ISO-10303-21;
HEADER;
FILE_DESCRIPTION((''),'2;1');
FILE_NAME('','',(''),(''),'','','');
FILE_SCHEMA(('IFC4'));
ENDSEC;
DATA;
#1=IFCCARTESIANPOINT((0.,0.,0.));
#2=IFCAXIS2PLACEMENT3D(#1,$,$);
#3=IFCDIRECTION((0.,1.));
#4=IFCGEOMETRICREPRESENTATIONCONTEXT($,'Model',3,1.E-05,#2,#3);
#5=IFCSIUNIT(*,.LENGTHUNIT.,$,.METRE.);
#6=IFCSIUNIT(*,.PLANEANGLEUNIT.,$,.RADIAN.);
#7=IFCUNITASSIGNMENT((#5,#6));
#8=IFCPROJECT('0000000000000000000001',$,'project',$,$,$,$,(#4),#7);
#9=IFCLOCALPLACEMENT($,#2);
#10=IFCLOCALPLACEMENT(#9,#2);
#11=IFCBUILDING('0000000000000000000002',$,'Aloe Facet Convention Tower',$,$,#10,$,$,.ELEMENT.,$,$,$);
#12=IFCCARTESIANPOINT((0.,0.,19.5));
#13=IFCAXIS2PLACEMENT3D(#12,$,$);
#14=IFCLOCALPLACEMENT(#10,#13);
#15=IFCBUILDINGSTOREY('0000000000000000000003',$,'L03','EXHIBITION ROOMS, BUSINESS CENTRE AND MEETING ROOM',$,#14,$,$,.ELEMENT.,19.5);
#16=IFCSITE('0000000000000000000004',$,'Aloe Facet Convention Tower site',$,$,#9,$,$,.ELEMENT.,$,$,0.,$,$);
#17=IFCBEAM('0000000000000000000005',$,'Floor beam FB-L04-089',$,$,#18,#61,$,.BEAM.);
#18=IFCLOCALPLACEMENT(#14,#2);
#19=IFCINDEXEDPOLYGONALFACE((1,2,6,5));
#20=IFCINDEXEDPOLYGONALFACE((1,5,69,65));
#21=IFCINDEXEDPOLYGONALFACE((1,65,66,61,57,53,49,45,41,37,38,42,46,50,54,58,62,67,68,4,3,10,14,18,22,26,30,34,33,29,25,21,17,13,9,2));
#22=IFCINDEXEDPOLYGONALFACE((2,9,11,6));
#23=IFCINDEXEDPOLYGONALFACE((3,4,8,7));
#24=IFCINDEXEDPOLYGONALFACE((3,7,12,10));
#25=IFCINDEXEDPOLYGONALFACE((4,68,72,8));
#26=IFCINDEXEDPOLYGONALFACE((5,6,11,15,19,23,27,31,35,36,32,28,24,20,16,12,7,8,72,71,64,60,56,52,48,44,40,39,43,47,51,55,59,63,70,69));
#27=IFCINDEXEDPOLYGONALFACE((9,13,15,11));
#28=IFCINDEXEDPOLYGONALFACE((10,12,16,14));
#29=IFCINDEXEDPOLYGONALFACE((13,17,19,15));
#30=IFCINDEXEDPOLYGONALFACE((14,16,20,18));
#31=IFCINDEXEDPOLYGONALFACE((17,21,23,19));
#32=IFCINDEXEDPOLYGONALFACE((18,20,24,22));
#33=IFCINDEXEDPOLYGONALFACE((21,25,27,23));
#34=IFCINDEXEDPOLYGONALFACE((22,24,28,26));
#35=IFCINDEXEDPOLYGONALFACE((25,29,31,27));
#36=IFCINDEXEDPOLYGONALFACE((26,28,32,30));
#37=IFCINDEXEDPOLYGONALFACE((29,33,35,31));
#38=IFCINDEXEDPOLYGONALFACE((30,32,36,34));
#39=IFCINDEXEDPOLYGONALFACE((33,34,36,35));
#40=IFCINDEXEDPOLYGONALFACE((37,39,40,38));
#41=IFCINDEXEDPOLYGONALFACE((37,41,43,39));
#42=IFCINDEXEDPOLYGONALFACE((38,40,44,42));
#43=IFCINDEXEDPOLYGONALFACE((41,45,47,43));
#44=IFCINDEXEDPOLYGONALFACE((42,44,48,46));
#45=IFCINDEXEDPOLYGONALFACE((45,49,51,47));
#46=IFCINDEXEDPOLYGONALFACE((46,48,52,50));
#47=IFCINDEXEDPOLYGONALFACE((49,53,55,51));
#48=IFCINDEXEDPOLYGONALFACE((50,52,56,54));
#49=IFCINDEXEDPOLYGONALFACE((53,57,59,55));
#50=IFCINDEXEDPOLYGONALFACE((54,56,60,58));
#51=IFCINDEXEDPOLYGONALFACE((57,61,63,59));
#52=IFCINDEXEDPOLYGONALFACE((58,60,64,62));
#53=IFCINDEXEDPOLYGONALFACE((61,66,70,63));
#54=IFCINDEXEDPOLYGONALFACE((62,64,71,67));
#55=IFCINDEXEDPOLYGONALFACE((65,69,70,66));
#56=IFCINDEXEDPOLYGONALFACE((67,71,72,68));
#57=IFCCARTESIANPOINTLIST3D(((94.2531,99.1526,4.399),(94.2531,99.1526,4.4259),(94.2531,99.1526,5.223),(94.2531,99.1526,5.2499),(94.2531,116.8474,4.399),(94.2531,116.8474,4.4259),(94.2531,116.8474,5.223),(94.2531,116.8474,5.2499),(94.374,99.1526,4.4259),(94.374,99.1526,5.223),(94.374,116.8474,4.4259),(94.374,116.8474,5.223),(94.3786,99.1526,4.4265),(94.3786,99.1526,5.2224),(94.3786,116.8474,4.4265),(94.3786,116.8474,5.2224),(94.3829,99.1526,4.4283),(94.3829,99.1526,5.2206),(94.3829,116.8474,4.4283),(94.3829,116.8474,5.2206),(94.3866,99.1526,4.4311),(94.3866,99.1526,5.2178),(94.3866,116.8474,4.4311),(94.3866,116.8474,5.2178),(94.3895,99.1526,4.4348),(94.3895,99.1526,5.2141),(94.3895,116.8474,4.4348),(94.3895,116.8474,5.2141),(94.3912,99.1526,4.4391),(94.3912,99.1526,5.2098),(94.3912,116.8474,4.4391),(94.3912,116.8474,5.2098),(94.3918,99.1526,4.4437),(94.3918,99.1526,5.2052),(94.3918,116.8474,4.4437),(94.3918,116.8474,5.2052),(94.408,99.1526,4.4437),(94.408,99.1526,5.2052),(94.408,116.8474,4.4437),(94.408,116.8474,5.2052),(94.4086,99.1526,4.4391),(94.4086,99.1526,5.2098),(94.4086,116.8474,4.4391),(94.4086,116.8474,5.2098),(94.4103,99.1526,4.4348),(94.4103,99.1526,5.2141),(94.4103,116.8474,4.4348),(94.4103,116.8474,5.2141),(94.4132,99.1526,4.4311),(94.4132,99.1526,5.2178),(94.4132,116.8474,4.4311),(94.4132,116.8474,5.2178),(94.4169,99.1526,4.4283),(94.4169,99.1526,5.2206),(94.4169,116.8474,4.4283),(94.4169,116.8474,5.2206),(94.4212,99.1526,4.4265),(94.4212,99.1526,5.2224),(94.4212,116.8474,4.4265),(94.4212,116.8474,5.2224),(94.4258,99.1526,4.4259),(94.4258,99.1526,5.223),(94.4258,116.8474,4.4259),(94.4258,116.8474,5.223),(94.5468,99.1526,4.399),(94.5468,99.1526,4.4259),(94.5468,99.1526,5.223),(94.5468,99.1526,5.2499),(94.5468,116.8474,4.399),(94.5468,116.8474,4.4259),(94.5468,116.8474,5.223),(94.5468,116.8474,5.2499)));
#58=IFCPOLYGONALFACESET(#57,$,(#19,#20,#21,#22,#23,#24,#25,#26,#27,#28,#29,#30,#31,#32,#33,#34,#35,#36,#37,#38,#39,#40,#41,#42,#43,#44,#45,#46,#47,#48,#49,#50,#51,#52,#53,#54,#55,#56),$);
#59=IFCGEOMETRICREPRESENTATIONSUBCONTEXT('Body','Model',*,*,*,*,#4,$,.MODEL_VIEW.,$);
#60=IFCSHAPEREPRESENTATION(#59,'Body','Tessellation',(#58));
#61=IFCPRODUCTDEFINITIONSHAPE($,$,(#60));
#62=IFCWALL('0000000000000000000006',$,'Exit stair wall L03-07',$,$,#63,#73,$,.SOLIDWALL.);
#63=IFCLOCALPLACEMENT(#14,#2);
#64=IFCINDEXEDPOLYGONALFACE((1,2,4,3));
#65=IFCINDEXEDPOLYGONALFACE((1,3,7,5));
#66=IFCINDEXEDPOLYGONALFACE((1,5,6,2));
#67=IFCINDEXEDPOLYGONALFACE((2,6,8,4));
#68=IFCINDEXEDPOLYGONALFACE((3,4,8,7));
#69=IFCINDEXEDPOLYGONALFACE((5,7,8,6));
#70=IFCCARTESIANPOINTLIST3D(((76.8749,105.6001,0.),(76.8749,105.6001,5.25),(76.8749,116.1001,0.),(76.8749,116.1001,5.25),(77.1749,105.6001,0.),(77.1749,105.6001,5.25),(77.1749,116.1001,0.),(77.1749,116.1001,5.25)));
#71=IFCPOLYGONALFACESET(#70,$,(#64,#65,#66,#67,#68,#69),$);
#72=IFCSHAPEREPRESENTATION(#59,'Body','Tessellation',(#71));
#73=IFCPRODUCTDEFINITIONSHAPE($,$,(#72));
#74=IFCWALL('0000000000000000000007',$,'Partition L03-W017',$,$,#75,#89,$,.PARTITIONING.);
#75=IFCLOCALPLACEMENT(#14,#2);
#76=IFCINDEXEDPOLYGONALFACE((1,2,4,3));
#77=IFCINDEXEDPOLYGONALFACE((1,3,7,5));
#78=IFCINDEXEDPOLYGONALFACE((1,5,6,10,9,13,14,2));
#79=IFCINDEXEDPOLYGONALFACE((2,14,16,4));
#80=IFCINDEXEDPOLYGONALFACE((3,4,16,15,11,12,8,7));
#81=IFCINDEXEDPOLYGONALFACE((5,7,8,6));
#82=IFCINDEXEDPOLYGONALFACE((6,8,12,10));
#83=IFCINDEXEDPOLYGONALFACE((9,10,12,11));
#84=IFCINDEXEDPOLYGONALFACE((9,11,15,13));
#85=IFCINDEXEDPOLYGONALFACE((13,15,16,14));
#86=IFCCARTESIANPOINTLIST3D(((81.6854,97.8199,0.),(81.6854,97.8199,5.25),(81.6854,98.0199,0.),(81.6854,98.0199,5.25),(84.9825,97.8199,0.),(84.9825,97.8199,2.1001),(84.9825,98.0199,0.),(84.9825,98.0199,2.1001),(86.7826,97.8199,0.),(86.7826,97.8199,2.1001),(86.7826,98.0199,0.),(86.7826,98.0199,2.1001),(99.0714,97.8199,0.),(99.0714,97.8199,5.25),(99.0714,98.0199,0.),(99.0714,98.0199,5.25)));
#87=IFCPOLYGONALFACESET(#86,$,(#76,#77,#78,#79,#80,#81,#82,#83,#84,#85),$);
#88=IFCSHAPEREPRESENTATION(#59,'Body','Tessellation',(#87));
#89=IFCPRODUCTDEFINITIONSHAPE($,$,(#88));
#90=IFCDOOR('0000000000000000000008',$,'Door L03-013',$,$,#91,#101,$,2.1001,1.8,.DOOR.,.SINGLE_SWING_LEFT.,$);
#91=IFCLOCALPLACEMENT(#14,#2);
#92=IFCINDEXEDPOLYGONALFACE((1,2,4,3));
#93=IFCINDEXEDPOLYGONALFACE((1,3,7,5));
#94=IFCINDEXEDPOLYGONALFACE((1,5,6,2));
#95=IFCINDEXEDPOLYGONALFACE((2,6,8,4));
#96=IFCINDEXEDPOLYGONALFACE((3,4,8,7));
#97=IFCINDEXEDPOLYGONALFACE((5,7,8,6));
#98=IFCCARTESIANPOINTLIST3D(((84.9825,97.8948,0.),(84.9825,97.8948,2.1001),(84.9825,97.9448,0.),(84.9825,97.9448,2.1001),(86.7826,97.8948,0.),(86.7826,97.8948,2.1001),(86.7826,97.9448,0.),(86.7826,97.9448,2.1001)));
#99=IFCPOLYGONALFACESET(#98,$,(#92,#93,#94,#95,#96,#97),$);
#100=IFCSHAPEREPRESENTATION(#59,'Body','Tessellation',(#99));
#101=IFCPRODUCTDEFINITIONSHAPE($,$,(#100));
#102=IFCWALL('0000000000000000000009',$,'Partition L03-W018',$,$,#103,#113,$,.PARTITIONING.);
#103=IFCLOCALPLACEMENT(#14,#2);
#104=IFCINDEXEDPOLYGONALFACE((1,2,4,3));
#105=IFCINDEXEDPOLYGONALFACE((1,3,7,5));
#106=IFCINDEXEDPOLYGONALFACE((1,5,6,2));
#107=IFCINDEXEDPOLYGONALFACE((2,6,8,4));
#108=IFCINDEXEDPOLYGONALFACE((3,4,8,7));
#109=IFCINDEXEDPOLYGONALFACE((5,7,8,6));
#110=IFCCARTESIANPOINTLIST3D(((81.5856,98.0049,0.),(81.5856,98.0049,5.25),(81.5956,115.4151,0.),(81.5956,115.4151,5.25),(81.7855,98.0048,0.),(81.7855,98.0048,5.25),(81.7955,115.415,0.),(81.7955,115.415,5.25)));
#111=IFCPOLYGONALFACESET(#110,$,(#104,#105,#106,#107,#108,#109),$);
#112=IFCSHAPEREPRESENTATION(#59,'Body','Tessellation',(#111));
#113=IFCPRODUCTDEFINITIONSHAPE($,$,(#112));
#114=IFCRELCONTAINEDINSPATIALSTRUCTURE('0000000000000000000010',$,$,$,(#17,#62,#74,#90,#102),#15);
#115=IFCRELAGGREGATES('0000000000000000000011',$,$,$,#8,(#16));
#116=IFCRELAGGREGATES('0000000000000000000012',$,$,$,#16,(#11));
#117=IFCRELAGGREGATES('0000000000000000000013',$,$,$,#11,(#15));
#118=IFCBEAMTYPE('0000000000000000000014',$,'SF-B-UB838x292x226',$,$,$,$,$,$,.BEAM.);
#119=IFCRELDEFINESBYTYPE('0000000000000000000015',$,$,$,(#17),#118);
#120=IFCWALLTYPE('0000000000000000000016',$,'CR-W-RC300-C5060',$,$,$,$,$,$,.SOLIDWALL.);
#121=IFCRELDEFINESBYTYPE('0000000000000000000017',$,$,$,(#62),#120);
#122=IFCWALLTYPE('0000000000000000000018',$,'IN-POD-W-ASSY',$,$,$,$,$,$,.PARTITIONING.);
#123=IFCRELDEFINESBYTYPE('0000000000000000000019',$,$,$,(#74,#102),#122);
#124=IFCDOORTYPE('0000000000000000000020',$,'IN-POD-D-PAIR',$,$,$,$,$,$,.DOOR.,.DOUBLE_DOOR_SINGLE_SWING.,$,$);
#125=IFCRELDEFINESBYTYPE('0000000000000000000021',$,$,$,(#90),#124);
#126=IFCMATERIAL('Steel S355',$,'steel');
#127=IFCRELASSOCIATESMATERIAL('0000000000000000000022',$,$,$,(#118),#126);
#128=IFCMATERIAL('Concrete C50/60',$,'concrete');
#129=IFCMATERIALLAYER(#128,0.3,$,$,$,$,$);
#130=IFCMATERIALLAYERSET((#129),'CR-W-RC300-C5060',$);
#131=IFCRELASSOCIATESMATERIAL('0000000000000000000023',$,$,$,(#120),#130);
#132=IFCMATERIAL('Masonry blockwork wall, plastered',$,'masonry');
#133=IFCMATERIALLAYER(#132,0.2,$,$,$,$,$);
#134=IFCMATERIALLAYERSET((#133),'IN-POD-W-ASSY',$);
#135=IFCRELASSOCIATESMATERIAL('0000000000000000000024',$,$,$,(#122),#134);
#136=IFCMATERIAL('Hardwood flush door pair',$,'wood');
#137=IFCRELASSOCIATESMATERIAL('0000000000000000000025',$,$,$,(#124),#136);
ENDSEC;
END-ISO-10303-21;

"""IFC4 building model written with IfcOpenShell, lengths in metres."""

from ifc_helpers import new_model, si_unit, direction, frame, frame_2d, origin, origin_2d, place, context, subcontext, project, spatial, rectangle, i_section, extrude, material, layer, layer_set, material_profile, profile_set, type_object, element, fill, save


model = new_model("IFC4")

# Units and contexts
model_context = context("Model", 3, precision=1e-05, world=origin(), true_north=direction((0.0, 1.0)))
body_context = subcontext(model_context, "Body", "Model", "MODEL_VIEW")
ifc_project = project(units=[si_unit("LENGTHUNIT", "METRE"), si_unit("PLANEANGLEUNIT", "RADIAN")], contexts=[model_context])

# Site, building, storey
site_placement = place(None, origin())
site = spatial("IfcSite", under=ifc_project, at=site_placement, Name="Aloe Facet Convention Tower site", CompositionType="ELEMENT", RefElevation=0.0)
building_placement = place(site_placement, origin())
building = spatial("IfcBuilding", under=site, at=building_placement, Name="Aloe Facet Convention Tower", CompositionType="ELEMENT")
storey_placement = place(building_placement, frame((0.0, 0.0, 19.5)))
storey = spatial("IfcBuildingStorey", under=building, at=storey_placement, Name="L03", Description="EXHIBITION ROOMS, BUSINESS CENTRE AND MEETING ROOM", CompositionType="ELEMENT", Elevation=19.5)

# Beam
ifc_material_1 = material(Name="Steel S355", Category="steel")
ifc_material_profile_1 = material_profile(ifc_material_1, i_section(OverallWidth=0.2937, OverallDepth=0.8508, WebThickness=0.0161, FlangeThickness=0.0269, FilletRadius=0.0178, at=origin_2d()), Name="UB 838x292x226")
ifc_profile_set_1 = profile_set([ifc_material_profile_1], Name="Steel S355")
beam_type_1 = type_object("IfcBeamType", Name="SF-B-UB838x292x226", PredefinedType="BEAM", material=ifc_profile_set_1)
for number, where, z_axis, x_axis, name in (
    (1, (94.3999, 99.1526, 4.8245), (0.0, 1.0, 0.0), (-1.0, 0.0, 0.0), "Floor beam FB-L04-089"),
):
    element("IfcBeam", number, at=place(storey_placement, frame(where, z_axis=z_axis, x_axis=x_axis)), inside=storey, type_object=beam_type_1, Name=name, PredefinedType="BEAM", context=body_context, shape_type="SweptSolid", body=[
        extrude(i_section(OverallWidth=0.2937, OverallDepth=0.8508, WebThickness=0.0161, FlangeThickness=0.0269, FilletRadius=0.0178, at=origin_2d()), origin(), (0.0, 0.0, 1.0), 17.6948),
    ])

# Wall
ifc_material_2 = material(Name="Concrete C50/60", Category="concrete")
ifc_layer_1 = layer(ifc_material_2, 0.3)
ifc_layer_set_1 = layer_set([ifc_layer_1], Name="CR-W-RC300-C5060")
wall_type_1 = type_object("IfcWallType", Name="CR-W-RC300-C5060", PredefinedType="SOLIDWALL", material=ifc_layer_set_1)
wall_1_placement = place(storey_placement, frame((77.0249, 105.6001, 0.0), z_axis=(0.0, 0.0, 1.0), x_axis=(0.0, 1.0, 0.0)))
element("IfcWall", 2, at=wall_1_placement, inside=storey, type_object=wall_type_1, Name="Exit stair wall L03-07", PredefinedType="SOLIDWALL", context=body_context, shape_type="SweptSolid", body=[
    extrude(rectangle(XDim=10.5, YDim=0.3, at=frame_2d((5.25, 0.0))), origin(), (0.0, 0.0, 1.0), 5.25),
])

# Wall, opening, door
ifc_material_3 = material(Name="Masonry blockwork wall, plastered", Category="masonry")
ifc_layer_2 = layer(ifc_material_3, 0.2)
ifc_layer_set_2 = layer_set([ifc_layer_2], Name="IN-POD-W-ASSY")
wall_type_2 = type_object("IfcWallType", Name="IN-POD-W-ASSY", PredefinedType="PARTITIONING", material=ifc_layer_set_2)
wall_2_placement = place(storey_placement, frame((81.6855, 97.9199, 0.0), z_axis=(0.0, 0.0, 1.0), x_axis=(1.0, 0.0, 0.0)))
wall_2 = element("IfcWall", 3, at=wall_2_placement, inside=storey, type_object=wall_type_2, Name="Partition L03-W017", PredefinedType="PARTITIONING", context=body_context, shape_type="SweptSolid", body=[
    extrude(rectangle(XDim=17.386, YDim=0.2, at=frame_2d((8.6929, 0.0))), origin(), (0.0, 0.0, 1.0), 5.25),
])
opening_placement = place(wall_2_placement, frame((3.2971, 0.0, 0.0)))
opening = element("IfcOpeningElement", 4, at=opening_placement, cuts=wall_2, PredefinedType="OPENING", context=body_context, shape_type="SweptSolid", body=[
    extrude(rectangle(XDim=1.8, YDim=2.1001, at=frame_2d((0.8999, 1.05))), frame((0.0, 0.1099, 0.0), z_axis=(0.0, -1.0, 0.0), x_axis=(1.0, 0.0, 0.0)), (0.0, 0.0, 1.0), 0.22),
])
ifc_material_4 = material(Name="Hardwood flush door pair", Category="wood")
door_type = type_object("IfcDoorType", Name="IN-POD-D-PAIR", OperationType="DOUBLE_DOOR_SINGLE_SWING", PredefinedType="DOOR", material=ifc_material_4)
door_placement = place(opening_placement, origin())
door = element("IfcDoor", 5, at=door_placement, inside=storey, type_object=door_type, Name="Door L03-013", OperationType="SINGLE_SWING_LEFT", OverallHeight=2.1001, OverallWidth=1.8, PredefinedType="DOOR", context=body_context, shape_type="SweptSolid", body=[
    extrude(rectangle(XDim=1.8, YDim=2.1001, at=frame_2d((0.8999, 1.05))), frame((0.0, 0.0249, 0.0), z_axis=(0.0, -1.0, 0.0), x_axis=(1.0, 0.0, 0.0)), (0.0, 0.0, 1.0), 0.05),
])
fill(opening, door)

# Wall
wall_3_placement = place(storey_placement, frame((81.6855, 98.0049, 0.0), z_axis=(0.0, 0.0, 1.0), x_axis=(0.000575, 1.0, 0.0)))
element("IfcWall", 6, at=wall_3_placement, inside=storey, type_object=wall_type_2, Name="Partition L03-W018", PredefinedType="PARTITIONING", context=body_context, shape_type="SweptSolid", body=[
    extrude(rectangle(XDim=17.4102, YDim=0.2, at=frame_2d((8.7051, 0.0))), origin(), (0.0, 0.0, 1.0), 5.25),
])

save(model, "model.ifc")
